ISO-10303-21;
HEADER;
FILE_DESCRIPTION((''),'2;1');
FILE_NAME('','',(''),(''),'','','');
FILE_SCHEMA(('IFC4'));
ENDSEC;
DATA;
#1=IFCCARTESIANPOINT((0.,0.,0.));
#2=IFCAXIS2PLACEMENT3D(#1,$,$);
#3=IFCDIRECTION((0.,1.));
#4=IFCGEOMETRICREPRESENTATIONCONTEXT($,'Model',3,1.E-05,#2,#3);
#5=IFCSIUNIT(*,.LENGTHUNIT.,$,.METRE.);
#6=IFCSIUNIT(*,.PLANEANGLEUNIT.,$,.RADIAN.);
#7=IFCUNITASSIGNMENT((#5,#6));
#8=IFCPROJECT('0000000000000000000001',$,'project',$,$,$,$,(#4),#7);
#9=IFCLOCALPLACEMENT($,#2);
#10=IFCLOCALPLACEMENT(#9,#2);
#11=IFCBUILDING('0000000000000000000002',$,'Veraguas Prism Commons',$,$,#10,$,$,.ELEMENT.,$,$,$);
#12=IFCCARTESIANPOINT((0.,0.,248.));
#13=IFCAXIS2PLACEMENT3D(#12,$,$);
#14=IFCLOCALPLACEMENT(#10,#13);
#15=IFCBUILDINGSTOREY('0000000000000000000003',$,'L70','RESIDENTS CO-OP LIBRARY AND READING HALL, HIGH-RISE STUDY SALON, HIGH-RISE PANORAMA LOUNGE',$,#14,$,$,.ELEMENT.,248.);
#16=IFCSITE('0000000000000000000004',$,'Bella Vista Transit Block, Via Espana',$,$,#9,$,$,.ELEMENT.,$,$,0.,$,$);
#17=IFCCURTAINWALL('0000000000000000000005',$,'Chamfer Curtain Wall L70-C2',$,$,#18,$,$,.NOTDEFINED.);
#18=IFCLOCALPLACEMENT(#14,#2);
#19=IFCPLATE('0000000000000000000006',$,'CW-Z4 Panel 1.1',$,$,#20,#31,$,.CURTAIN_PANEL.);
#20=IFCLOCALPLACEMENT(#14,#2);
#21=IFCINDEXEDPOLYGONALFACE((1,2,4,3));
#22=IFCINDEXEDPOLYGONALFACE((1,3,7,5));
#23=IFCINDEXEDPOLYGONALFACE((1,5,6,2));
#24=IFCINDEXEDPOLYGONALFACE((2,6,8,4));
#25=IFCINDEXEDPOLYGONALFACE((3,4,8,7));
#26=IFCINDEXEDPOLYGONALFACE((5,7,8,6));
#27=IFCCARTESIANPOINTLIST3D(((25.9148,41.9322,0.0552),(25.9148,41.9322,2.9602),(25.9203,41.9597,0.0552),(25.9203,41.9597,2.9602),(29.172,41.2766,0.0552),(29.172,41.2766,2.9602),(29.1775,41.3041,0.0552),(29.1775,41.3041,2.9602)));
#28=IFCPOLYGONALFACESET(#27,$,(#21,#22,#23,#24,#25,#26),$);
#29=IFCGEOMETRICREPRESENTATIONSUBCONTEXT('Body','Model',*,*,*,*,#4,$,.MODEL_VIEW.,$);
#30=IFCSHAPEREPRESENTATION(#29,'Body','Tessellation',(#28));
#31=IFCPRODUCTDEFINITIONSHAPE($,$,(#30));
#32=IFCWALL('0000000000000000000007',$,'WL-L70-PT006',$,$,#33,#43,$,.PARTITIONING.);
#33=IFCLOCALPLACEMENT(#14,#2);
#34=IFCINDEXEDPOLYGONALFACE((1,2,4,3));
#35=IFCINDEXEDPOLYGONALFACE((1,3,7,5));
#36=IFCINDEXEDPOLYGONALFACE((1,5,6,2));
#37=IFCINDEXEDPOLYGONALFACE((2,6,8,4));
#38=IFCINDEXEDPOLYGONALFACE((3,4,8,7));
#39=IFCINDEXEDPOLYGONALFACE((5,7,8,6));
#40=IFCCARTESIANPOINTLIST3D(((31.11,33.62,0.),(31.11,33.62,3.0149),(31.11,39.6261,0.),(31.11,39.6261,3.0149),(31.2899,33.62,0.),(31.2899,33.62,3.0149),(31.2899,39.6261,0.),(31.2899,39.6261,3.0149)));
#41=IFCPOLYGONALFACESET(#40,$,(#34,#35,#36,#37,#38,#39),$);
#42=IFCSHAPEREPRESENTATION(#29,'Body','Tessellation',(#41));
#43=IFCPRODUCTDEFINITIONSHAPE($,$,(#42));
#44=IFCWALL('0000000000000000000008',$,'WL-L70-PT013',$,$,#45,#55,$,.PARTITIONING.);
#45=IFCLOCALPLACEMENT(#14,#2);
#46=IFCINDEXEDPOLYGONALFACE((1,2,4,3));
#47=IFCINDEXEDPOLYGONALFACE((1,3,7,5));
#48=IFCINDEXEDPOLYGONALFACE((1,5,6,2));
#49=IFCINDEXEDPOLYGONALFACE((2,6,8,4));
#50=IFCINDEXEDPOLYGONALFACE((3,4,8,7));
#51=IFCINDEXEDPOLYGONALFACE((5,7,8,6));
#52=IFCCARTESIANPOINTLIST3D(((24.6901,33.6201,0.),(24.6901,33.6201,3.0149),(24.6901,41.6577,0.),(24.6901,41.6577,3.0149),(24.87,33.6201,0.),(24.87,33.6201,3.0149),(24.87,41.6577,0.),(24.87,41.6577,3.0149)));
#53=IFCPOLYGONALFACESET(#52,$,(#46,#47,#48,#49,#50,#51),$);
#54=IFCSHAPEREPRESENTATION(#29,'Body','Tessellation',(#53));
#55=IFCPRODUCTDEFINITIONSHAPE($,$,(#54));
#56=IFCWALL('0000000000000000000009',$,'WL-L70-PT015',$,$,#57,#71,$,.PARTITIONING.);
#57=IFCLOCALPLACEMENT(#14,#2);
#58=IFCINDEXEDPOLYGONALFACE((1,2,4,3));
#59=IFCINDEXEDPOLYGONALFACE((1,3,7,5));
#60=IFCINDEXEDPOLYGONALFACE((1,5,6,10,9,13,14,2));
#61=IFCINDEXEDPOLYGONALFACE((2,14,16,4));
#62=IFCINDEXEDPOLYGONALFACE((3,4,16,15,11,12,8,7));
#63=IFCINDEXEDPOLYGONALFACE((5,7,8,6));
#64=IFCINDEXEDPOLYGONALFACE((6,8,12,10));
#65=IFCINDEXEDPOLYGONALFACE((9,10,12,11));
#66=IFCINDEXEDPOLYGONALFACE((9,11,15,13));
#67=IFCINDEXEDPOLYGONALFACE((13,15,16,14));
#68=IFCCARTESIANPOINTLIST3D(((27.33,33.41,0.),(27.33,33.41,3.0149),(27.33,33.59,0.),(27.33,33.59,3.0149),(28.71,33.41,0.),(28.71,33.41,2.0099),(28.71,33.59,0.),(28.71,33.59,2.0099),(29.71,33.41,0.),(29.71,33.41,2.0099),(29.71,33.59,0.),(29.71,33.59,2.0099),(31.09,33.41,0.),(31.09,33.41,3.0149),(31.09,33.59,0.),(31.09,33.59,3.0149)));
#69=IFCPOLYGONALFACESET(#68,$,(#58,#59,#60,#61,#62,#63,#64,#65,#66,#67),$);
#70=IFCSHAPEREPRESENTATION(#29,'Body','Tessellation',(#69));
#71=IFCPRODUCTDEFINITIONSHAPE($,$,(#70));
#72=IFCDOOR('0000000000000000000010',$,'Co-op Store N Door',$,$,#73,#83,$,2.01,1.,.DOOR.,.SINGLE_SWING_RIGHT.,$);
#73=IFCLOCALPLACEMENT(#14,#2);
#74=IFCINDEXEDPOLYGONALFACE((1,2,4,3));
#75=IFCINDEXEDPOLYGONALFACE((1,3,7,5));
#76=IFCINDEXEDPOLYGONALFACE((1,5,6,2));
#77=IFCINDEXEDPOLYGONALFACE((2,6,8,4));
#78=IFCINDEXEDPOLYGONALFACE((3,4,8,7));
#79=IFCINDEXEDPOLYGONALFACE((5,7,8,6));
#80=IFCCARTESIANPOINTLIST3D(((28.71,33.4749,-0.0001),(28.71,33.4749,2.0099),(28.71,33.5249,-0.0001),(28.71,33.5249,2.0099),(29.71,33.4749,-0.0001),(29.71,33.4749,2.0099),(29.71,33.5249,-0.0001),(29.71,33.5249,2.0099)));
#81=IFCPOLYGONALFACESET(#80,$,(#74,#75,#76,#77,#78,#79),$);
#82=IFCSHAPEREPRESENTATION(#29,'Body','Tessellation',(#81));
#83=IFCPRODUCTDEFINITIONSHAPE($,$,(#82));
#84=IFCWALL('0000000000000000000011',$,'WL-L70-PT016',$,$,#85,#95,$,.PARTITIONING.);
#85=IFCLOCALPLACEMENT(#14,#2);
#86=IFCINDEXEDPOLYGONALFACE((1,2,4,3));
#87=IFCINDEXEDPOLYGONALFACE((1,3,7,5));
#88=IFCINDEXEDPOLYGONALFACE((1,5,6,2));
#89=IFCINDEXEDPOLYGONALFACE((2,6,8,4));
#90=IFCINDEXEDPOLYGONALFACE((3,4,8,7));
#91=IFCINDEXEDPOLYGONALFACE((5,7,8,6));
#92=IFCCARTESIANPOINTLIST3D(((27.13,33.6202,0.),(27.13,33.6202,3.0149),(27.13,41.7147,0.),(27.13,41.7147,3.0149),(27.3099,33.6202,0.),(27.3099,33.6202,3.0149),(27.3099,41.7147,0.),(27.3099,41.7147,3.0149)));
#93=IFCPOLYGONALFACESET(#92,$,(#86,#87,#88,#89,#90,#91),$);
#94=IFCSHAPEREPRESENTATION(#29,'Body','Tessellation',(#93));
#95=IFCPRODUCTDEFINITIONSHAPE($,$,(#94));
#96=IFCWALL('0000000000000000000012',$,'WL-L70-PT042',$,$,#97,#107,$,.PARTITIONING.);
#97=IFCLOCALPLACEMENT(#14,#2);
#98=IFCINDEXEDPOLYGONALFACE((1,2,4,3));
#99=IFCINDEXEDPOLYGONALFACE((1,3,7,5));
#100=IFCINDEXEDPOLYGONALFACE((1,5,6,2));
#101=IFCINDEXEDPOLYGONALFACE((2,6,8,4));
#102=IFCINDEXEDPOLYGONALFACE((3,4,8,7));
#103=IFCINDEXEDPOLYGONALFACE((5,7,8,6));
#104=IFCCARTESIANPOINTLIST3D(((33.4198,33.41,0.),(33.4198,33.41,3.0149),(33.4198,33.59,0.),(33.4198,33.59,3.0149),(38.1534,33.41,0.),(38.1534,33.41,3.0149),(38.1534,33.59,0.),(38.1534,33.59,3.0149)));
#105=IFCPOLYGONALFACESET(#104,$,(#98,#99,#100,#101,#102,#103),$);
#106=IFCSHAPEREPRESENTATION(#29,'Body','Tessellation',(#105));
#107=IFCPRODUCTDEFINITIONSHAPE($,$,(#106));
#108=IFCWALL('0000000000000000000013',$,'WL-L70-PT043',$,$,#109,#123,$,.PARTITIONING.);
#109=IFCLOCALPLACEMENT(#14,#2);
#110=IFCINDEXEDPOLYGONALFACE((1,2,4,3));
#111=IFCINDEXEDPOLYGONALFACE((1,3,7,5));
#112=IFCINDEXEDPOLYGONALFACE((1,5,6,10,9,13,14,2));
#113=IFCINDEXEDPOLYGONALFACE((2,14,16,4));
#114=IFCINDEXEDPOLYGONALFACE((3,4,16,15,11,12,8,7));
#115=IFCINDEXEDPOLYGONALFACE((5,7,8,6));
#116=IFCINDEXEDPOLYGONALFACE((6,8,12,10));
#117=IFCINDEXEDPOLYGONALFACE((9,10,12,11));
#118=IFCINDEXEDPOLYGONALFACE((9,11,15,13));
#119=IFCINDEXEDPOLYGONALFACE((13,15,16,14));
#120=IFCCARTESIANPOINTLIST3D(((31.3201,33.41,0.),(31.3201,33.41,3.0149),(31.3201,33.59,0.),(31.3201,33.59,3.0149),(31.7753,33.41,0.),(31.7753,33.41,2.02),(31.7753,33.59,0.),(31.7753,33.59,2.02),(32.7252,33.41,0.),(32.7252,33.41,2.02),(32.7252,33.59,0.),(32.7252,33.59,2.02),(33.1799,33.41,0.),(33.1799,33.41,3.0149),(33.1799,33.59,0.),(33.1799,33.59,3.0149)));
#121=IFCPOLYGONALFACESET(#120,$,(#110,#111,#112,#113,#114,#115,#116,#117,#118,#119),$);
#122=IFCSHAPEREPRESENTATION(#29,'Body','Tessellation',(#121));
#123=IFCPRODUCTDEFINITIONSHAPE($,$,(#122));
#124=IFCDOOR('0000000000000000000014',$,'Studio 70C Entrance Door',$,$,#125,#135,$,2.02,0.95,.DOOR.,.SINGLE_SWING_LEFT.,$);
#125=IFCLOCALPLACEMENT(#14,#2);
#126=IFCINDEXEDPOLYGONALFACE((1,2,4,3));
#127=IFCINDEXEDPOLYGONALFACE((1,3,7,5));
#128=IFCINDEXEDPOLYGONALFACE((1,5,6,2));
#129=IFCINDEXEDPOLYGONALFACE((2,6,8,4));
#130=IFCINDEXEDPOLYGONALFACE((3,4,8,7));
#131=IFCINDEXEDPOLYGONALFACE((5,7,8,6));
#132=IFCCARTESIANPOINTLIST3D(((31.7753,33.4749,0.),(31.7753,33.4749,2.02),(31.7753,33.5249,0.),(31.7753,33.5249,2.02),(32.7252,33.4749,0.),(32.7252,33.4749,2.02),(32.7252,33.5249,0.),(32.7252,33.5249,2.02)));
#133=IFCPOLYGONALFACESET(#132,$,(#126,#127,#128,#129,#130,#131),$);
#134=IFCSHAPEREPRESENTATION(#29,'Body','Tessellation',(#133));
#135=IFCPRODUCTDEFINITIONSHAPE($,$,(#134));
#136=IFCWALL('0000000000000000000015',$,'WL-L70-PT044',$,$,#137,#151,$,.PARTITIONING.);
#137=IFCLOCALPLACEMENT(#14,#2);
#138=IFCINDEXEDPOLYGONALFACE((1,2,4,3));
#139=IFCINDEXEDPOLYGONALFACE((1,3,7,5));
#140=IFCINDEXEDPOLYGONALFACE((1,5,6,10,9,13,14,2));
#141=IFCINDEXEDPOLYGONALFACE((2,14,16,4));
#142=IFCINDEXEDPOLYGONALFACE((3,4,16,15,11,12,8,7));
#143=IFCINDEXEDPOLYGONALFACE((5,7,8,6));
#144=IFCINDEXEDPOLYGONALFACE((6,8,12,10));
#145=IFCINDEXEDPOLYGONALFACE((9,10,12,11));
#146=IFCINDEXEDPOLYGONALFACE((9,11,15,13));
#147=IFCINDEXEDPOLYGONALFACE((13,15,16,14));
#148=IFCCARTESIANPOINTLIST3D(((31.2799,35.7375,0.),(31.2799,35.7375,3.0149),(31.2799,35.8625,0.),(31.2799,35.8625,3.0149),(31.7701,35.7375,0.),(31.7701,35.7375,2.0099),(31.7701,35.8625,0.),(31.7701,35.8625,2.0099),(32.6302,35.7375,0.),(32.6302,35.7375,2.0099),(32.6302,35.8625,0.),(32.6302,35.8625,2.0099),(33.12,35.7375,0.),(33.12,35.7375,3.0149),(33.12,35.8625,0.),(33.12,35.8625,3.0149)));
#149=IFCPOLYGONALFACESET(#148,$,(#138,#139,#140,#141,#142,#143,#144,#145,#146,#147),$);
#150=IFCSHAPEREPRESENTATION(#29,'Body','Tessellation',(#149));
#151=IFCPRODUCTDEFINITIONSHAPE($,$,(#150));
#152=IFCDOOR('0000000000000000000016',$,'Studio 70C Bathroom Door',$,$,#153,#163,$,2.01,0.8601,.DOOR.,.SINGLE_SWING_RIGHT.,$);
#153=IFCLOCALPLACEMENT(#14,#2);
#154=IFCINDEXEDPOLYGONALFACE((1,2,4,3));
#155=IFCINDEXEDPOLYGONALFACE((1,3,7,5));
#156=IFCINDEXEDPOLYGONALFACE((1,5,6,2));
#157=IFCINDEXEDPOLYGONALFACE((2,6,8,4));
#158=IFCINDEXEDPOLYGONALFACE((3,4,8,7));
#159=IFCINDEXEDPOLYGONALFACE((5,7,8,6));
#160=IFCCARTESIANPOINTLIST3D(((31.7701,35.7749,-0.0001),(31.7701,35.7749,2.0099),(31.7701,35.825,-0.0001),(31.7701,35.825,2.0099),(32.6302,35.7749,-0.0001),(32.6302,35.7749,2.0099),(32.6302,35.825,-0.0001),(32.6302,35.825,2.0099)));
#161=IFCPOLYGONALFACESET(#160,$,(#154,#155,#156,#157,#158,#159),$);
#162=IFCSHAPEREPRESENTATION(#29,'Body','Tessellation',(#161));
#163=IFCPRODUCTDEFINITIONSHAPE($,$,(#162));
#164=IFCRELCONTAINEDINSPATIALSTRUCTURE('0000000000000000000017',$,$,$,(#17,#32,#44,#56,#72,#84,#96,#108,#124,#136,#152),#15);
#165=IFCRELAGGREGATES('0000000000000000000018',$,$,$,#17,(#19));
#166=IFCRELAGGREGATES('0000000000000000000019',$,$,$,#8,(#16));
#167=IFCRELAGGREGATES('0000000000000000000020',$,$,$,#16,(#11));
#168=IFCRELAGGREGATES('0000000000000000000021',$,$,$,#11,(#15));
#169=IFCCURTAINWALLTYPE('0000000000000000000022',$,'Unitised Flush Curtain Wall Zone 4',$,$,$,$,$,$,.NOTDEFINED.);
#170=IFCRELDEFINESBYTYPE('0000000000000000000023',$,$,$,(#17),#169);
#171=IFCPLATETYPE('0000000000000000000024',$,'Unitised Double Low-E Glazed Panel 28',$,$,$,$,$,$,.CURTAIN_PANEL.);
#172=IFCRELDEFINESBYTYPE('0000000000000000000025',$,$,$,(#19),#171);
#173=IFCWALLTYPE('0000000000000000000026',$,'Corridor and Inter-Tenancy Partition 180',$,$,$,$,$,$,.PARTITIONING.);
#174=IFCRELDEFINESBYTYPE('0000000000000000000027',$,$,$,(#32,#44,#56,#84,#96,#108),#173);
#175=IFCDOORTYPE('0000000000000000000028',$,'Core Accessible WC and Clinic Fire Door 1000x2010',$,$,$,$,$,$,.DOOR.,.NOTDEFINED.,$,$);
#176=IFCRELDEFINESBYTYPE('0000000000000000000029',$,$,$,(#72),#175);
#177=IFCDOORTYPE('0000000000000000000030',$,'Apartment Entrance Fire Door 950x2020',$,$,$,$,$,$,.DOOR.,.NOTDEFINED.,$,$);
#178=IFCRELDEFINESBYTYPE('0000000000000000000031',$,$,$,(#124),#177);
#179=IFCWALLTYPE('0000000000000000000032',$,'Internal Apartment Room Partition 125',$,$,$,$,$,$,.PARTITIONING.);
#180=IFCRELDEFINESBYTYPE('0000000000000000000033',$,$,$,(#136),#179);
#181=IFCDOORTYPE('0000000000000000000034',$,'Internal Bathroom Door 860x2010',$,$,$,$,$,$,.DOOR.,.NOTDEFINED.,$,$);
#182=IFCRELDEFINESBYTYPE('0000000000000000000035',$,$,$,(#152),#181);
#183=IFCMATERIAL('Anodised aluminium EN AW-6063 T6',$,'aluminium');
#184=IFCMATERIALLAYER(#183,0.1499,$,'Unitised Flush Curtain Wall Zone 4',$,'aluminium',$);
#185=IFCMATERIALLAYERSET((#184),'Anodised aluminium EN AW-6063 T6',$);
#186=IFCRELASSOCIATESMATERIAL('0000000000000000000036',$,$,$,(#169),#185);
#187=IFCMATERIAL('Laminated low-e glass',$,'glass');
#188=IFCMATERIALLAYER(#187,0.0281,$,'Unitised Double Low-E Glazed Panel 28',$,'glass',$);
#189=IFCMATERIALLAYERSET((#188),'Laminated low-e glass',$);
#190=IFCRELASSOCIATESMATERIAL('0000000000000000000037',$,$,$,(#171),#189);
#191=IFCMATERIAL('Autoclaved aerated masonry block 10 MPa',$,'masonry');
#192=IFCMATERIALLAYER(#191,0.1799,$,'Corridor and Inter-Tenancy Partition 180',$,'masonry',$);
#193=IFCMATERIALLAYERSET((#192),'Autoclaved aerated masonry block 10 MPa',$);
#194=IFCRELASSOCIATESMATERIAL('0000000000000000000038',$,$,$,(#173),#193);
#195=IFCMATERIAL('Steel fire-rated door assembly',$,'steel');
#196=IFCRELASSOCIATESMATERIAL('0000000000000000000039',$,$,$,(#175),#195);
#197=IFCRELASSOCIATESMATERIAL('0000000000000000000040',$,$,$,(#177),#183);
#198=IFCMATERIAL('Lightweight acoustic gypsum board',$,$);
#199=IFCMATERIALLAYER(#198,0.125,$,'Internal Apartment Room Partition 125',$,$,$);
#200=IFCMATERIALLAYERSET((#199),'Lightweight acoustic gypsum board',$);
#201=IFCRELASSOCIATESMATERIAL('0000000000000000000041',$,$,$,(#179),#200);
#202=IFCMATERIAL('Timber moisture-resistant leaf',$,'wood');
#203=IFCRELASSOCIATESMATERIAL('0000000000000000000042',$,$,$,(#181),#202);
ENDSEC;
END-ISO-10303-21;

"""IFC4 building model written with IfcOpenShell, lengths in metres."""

from ifc_helpers import new_model, si_unit, direction, frame, frame_2d, origin, origin_2d, place, context, subcontext, project, spatial, rectangle, extrude, source, transform, mapped, material, layer, layer_set, type_object, element, fill, aggregate, save


model = new_model("IFC4")

# Units and contexts
model_context = context("Model", 3, precision=1e-05, world=origin(), true_north=direction((0.0, 1.0)))
body_context = subcontext(model_context, "Body", "Model", "MODEL_VIEW")
ifc_project = project(units=[si_unit("LENGTHUNIT", "METRE"), si_unit("PLANEANGLEUNIT", "RADIAN")], contexts=[model_context])

# Site, building, storey
site_placement = place(None, origin())
site = spatial("IfcSite", under=ifc_project, at=site_placement, Name="Bella Vista Transit Block, Via Espana", CompositionType="ELEMENT", RefElevation=0.0)
building_placement = place(site_placement, origin())
building = spatial("IfcBuilding", under=site, at=building_placement, Name="Veraguas Prism Commons", CompositionType="ELEMENT")
storey_placement = place(building_placement, frame((0.0, 0.0, 248.0)))
storey = spatial("IfcBuildingStorey", under=building, at=storey_placement, Name="L70", Description="RESIDENTS CO-OP LIBRARY AND READING HALL, HIGH-RISE STUDY SALON, HIGH-RISE PANORAMA LOUNGE", CompositionType="ELEMENT", Elevation=248.0)

# Shared definitions
ifc_material_1 = material(Name="Anodised aluminium EN AW-6063 T6", Category="aluminium")
ifc_layer_1 = layer(ifc_material_1, 0.1499, Name="Unitised Flush Curtain Wall Zone 4", Category="aluminium")
ifc_layer_set_1 = layer_set([ifc_layer_1], Name="Anodised aluminium EN AW-6063 T6")
curtain_wall_type = type_object("IfcCurtainWallType", Name="Unitised Flush Curtain Wall Zone 4", PredefinedType="NOTDEFINED", material=ifc_layer_set_1)

# Curtain wall
curtain_wall_1_placement = place(storey_placement, origin())
curtain_wall_1 = element("IfcCurtainWall", 1, at=curtain_wall_1_placement, inside=storey, type_object=curtain_wall_type, Name="Chamfer Curtain Wall L70-C2", PredefinedType="NOTDEFINED")

# Plate
ifc_material_2 = material(Name="Laminated low-e glass", Category="glass")
ifc_layer_2 = layer(ifc_material_2, 0.0281, Name="Unitised Double Low-E Glazed Panel 28", Category="glass")
ifc_layer_set_2 = layer_set([ifc_layer_2], Name="Laminated low-e glass")
plate_type = type_object("IfcPlateType", Name="Unitised Double Low-E Glazed Panel 28", PredefinedType="CURTAIN_PANEL", material=ifc_layer_set_2)
shared_shape_1 = source(origin(), body_context, "Body", "SweptSolid", [
    extrude(rectangle(XDim=3.3225, YDim=0.0281, at=origin_2d()), origin(), (0.0, 0.0, 1.0), 2.905),
])
plate_1_placement = place(storey_placement, frame((27.5461, 41.6182, 0.0552), z_axis=(0.0, 0.0, 1.0), x_axis=(-0.980339, 0.197322, 0.0)))
plate_1 = element("IfcPlate", 2, at=plate_1_placement, type_object=plate_type, Name="CW-Z4 Panel 1.1", PredefinedType="CURTAIN_PANEL", context=body_context, shape_type="MappedRepresentation", body=[
    mapped(shared_shape_1, transform((0.0, 0.0, 0.0), scale=1.0)),
])
aggregate(curtain_wall_1, [plate_1])

# Walls
ifc_material_3 = material(Name="Autoclaved aerated masonry block 10 MPa", Category="masonry")
ifc_layer_3 = layer(ifc_material_3, 0.1799, Name="Corridor and Inter-Tenancy Partition 180", Category="masonry")
ifc_layer_set_3 = layer_set([ifc_layer_3], Name="Autoclaved aerated masonry block 10 MPa")
wall_type_1 = type_object("IfcWallType", Name="Corridor and Inter-Tenancy Partition 180", PredefinedType="PARTITIONING", material=ifc_layer_set_3)
wall_1_placement = place(storey_placement, frame((31.2, 33.6201, 0.0), z_axis=(0.0, 0.0, 1.0), x_axis=(0.0, 1.0, 0.0)))
element("IfcWall", 3, at=wall_1_placement, inside=storey, type_object=wall_type_1, Name="WL-L70-PT006", PredefinedType="PARTITIONING", context=body_context, shape_type="SweptSolid", body=[
    extrude(rectangle(XDim=6.0061, YDim=0.1799, at=frame_2d((3.0029, 0.0))), origin(), (0.0, 0.0, 1.0), 3.0149),
])
wall_2_placement = place(storey_placement, frame((24.78, 33.6201, 0.0), z_axis=(0.0, 0.0, 1.0), x_axis=(0.0, 1.0, 0.0)))
element("IfcWall", 4, at=wall_2_placement, inside=storey, type_object=wall_type_1, Name="WL-L70-PT013", PredefinedType="PARTITIONING", context=body_context, shape_type="SweptSolid", body=[
    extrude(rectangle(XDim=8.0376, YDim=0.1799, at=frame_2d((4.0188, 0.0))), origin(), (0.0, 0.0, 1.0), 3.0149),
])

# Wall, opening, door
wall_3_placement = place(storey_placement, frame((27.3301, 33.5, 0.0), z_axis=(0.0, 0.0, 1.0), x_axis=(1.0, 0.0, 0.0)))
wall_3 = element("IfcWall", 5, at=wall_3_placement, inside=storey, type_object=wall_type_1, Name="WL-L70-PT015", PredefinedType="PARTITIONING", context=body_context, shape_type="SweptSolid", body=[
    extrude(rectangle(XDim=3.76, YDim=0.1799, at=frame_2d((1.8799, 0.0))), origin(), (0.0, 0.0, 1.0), 3.0149),
])
opening_1_placement = place(wall_3_placement, frame((1.3799, 0.0, 0.0)))
opening_1 = element("IfcOpeningElement", 6, at=opening_1_placement, cuts=wall_3, PredefinedType="OPENING", context=body_context, shape_type="SweptSolid", body=[
    extrude(rectangle(XDim=1.0, YDim=2.01, at=frame_2d((0.5, 1.0049))), frame((0.0, 0.0999, 0.0), z_axis=(0.0, -1.0, 0.0), x_axis=(1.0, 0.0, 0.0)), (0.0, 0.0, 1.0), 0.2),
])
ifc_material_4 = material(Name="Steel fire-rated door assembly", Category="steel")
door_type_1 = type_object("IfcDoorType", Name="Core Accessible WC and Clinic Fire Door 1000x2010", OperationType="NOTDEFINED", PredefinedType="DOOR", material=ifc_material_4)
shared_shape_2 = source(origin(), body_context, "Body", "SweptSolid", [
    extrude(rectangle(XDim=1.0, YDim=2.01, at=frame_2d((0.5, 1.0049))), frame((0.0, 0.0249, 0.0), z_axis=(0.0, -1.0, 0.0), x_axis=(1.0, 0.0, 0.0)), (0.0, 0.0, 1.0), 0.05),
])
door_1_placement = place(opening_1_placement, origin())
door_1 = element("IfcDoor", 7, at=door_1_placement, inside=storey, type_object=door_type_1, Name="Co-op Store N Door", OperationType="SINGLE_SWING_RIGHT", OverallHeight=2.01, OverallWidth=1.0, PredefinedType="DOOR", context=body_context, shape_type="MappedRepresentation", body=[
    mapped(shared_shape_2, transform((0.0, 0.0, 0.0), scale=1.0)),
])
fill(opening_1, door_1)

# Walls
wall_4_placement = place(storey_placement, frame((27.22, 33.6201, 0.0), z_axis=(0.0, 0.0, 1.0), x_axis=(0.0, 1.0, 0.0)))
element("IfcWall", 8, at=wall_4_placement, inside=storey, type_object=wall_type_1, Name="WL-L70-PT016", PredefinedType="PARTITIONING", context=body_context, shape_type="SweptSolid", body=[
    extrude(rectangle(XDim=8.0945, YDim=0.1799, at=frame_2d((4.0474, 0.0))), origin(), (0.0, 0.0, 1.0), 3.0149),
])
wall_5_placement = place(storey_placement, frame((33.4199, 33.5, 0.0), z_axis=(0.0, 0.0, 1.0), x_axis=(1.0, 0.0, 0.0)))
element("IfcWall", 9, at=wall_5_placement, inside=storey, type_object=wall_type_1, Name="WL-L70-PT042", PredefinedType="PARTITIONING", context=body_context, shape_type="SweptSolid", body=[
    extrude(rectangle(XDim=4.7336, YDim=0.1799, at=frame_2d((2.3667, 0.0))), origin(), (0.0, 0.0, 1.0), 3.0149),
])

# Walls, openings, doors
wall_6_placement = place(storey_placement, frame((31.3201, 33.5, 0.0), z_axis=(0.0, 0.0, 1.0), x_axis=(1.0, 0.0, 0.0)))
wall_6 = element("IfcWall", 10, at=wall_6_placement, inside=storey, type_object=wall_type_1, Name="WL-L70-PT043", PredefinedType="PARTITIONING", context=body_context, shape_type="SweptSolid", body=[
    extrude(rectangle(XDim=1.8599, YDim=0.1799, at=frame_2d((0.9299, 0.0))), origin(), (0.0, 0.0, 1.0), 3.0149),
])
opening_2_placement = place(wall_6_placement, frame((0.4551, 0.0, 0.0)))
opening_2 = element("IfcOpeningElement", 11, at=opening_2_placement, cuts=wall_6, PredefinedType="OPENING", context=body_context, shape_type="SweptSolid", body=[
    extrude(rectangle(XDim=0.95, YDim=2.02, at=frame_2d((0.4751, 1.01))), frame((0.0, 0.0999, 0.0), z_axis=(0.0, -1.0, 0.0), x_axis=(1.0, 0.0, 0.0)), (0.0, 0.0, 1.0), 0.2),
])
door_type_2 = type_object("IfcDoorType", Name="Apartment Entrance Fire Door 950x2020", OperationType="NOTDEFINED", PredefinedType="DOOR", material=ifc_material_1)
shared_shape_3 = source(origin(), body_context, "Body", "SweptSolid", [
    extrude(rectangle(XDim=0.95, YDim=2.02, at=frame_2d((0.4751, 1.01))), frame((0.0, 0.0249, 0.0), z_axis=(0.0, -1.0, 0.0), x_axis=(1.0, 0.0, 0.0)), (0.0, 0.0, 1.0), 0.05),
])
door_2_placement = place(opening_2_placement, origin())
door_2 = element("IfcDoor", 12, at=door_2_placement, inside=storey, type_object=door_type_2, Name="Studio 70C Entrance Door", OperationType="SINGLE_SWING_LEFT", OverallHeight=2.02, OverallWidth=0.95, PredefinedType="DOOR", context=body_context, shape_type="MappedRepresentation", body=[
    mapped(shared_shape_3, transform((0.0, 0.0, 0.0), scale=1.0)),
])
fill(opening_2, door_2)
ifc_material_5 = material(Name="Lightweight acoustic gypsum board")
ifc_layer_4 = layer(ifc_material_5, 0.125, Name="Internal Apartment Room Partition 125")
ifc_layer_set_4 = layer_set([ifc_layer_4], Name="Lightweight acoustic gypsum board")
wall_type_2 = type_object("IfcWallType", Name="Internal Apartment Room Partition 125", PredefinedType="PARTITIONING", material=ifc_layer_set_4)
wall_7_placement = place(storey_placement, frame((31.28, 35.8, 0.0), z_axis=(0.0, 0.0, 1.0), x_axis=(1.0, 0.0, 0.0)))
wall_7 = element("IfcWall", 13, at=wall_7_placement, inside=storey, type_object=wall_type_2, Name="WL-L70-PT044", PredefinedType="PARTITIONING", context=body_context, shape_type="SweptSolid", body=[
    extrude(rectangle(XDim=1.8401, YDim=0.125, at=frame_2d((0.9199, 0.0))), origin(), (0.0, 0.0, 1.0), 3.0149),
])
opening_3_placement = place(wall_7_placement, frame((0.49, 0.0, 0.0)))
opening_3 = element("IfcOpeningElement", 14, at=opening_3_placement, cuts=wall_7, PredefinedType="OPENING", context=body_context, shape_type="SweptSolid", body=[
    extrude(rectangle(XDim=0.8601, YDim=2.01, at=frame_2d((0.4302, 1.0049))), frame((0.0, 0.0725, 0.0), z_axis=(0.0, -1.0, 0.0), x_axis=(1.0, 0.0, 0.0)), (0.0, 0.0, 1.0), 0.145),
])
ifc_material_6 = material(Name="Timber moisture-resistant leaf", Category="wood")
door_type_3 = type_object("IfcDoorType", Name="Internal Bathroom Door 860x2010", OperationType="NOTDEFINED", PredefinedType="DOOR", material=ifc_material_6)
shared_shape_4 = source(origin(), body_context, "Body", "SweptSolid", [
    extrude(rectangle(XDim=0.8601, YDim=2.01, at=frame_2d((0.4302, 1.0049))), frame((0.0, 0.0249, 0.0), z_axis=(0.0, -1.0, 0.0), x_axis=(1.0, 0.0, 0.0)), (0.0, 0.0, 1.0), 0.05),
])
door_3_placement = place(opening_3_placement, origin())
door_3 = element("IfcDoor", 15, at=door_3_placement, inside=storey, type_object=door_type_3, Name="Studio 70C Bathroom Door", OperationType="SINGLE_SWING_RIGHT", OverallHeight=2.01, OverallWidth=0.8601, PredefinedType="DOOR", context=body_context, shape_type="MappedRepresentation", body=[
    mapped(shared_shape_4, transform((0.0, 0.0, 0.0), scale=1.0)),
])
fill(opening_3, door_3)

save(model, "model.ifc")
